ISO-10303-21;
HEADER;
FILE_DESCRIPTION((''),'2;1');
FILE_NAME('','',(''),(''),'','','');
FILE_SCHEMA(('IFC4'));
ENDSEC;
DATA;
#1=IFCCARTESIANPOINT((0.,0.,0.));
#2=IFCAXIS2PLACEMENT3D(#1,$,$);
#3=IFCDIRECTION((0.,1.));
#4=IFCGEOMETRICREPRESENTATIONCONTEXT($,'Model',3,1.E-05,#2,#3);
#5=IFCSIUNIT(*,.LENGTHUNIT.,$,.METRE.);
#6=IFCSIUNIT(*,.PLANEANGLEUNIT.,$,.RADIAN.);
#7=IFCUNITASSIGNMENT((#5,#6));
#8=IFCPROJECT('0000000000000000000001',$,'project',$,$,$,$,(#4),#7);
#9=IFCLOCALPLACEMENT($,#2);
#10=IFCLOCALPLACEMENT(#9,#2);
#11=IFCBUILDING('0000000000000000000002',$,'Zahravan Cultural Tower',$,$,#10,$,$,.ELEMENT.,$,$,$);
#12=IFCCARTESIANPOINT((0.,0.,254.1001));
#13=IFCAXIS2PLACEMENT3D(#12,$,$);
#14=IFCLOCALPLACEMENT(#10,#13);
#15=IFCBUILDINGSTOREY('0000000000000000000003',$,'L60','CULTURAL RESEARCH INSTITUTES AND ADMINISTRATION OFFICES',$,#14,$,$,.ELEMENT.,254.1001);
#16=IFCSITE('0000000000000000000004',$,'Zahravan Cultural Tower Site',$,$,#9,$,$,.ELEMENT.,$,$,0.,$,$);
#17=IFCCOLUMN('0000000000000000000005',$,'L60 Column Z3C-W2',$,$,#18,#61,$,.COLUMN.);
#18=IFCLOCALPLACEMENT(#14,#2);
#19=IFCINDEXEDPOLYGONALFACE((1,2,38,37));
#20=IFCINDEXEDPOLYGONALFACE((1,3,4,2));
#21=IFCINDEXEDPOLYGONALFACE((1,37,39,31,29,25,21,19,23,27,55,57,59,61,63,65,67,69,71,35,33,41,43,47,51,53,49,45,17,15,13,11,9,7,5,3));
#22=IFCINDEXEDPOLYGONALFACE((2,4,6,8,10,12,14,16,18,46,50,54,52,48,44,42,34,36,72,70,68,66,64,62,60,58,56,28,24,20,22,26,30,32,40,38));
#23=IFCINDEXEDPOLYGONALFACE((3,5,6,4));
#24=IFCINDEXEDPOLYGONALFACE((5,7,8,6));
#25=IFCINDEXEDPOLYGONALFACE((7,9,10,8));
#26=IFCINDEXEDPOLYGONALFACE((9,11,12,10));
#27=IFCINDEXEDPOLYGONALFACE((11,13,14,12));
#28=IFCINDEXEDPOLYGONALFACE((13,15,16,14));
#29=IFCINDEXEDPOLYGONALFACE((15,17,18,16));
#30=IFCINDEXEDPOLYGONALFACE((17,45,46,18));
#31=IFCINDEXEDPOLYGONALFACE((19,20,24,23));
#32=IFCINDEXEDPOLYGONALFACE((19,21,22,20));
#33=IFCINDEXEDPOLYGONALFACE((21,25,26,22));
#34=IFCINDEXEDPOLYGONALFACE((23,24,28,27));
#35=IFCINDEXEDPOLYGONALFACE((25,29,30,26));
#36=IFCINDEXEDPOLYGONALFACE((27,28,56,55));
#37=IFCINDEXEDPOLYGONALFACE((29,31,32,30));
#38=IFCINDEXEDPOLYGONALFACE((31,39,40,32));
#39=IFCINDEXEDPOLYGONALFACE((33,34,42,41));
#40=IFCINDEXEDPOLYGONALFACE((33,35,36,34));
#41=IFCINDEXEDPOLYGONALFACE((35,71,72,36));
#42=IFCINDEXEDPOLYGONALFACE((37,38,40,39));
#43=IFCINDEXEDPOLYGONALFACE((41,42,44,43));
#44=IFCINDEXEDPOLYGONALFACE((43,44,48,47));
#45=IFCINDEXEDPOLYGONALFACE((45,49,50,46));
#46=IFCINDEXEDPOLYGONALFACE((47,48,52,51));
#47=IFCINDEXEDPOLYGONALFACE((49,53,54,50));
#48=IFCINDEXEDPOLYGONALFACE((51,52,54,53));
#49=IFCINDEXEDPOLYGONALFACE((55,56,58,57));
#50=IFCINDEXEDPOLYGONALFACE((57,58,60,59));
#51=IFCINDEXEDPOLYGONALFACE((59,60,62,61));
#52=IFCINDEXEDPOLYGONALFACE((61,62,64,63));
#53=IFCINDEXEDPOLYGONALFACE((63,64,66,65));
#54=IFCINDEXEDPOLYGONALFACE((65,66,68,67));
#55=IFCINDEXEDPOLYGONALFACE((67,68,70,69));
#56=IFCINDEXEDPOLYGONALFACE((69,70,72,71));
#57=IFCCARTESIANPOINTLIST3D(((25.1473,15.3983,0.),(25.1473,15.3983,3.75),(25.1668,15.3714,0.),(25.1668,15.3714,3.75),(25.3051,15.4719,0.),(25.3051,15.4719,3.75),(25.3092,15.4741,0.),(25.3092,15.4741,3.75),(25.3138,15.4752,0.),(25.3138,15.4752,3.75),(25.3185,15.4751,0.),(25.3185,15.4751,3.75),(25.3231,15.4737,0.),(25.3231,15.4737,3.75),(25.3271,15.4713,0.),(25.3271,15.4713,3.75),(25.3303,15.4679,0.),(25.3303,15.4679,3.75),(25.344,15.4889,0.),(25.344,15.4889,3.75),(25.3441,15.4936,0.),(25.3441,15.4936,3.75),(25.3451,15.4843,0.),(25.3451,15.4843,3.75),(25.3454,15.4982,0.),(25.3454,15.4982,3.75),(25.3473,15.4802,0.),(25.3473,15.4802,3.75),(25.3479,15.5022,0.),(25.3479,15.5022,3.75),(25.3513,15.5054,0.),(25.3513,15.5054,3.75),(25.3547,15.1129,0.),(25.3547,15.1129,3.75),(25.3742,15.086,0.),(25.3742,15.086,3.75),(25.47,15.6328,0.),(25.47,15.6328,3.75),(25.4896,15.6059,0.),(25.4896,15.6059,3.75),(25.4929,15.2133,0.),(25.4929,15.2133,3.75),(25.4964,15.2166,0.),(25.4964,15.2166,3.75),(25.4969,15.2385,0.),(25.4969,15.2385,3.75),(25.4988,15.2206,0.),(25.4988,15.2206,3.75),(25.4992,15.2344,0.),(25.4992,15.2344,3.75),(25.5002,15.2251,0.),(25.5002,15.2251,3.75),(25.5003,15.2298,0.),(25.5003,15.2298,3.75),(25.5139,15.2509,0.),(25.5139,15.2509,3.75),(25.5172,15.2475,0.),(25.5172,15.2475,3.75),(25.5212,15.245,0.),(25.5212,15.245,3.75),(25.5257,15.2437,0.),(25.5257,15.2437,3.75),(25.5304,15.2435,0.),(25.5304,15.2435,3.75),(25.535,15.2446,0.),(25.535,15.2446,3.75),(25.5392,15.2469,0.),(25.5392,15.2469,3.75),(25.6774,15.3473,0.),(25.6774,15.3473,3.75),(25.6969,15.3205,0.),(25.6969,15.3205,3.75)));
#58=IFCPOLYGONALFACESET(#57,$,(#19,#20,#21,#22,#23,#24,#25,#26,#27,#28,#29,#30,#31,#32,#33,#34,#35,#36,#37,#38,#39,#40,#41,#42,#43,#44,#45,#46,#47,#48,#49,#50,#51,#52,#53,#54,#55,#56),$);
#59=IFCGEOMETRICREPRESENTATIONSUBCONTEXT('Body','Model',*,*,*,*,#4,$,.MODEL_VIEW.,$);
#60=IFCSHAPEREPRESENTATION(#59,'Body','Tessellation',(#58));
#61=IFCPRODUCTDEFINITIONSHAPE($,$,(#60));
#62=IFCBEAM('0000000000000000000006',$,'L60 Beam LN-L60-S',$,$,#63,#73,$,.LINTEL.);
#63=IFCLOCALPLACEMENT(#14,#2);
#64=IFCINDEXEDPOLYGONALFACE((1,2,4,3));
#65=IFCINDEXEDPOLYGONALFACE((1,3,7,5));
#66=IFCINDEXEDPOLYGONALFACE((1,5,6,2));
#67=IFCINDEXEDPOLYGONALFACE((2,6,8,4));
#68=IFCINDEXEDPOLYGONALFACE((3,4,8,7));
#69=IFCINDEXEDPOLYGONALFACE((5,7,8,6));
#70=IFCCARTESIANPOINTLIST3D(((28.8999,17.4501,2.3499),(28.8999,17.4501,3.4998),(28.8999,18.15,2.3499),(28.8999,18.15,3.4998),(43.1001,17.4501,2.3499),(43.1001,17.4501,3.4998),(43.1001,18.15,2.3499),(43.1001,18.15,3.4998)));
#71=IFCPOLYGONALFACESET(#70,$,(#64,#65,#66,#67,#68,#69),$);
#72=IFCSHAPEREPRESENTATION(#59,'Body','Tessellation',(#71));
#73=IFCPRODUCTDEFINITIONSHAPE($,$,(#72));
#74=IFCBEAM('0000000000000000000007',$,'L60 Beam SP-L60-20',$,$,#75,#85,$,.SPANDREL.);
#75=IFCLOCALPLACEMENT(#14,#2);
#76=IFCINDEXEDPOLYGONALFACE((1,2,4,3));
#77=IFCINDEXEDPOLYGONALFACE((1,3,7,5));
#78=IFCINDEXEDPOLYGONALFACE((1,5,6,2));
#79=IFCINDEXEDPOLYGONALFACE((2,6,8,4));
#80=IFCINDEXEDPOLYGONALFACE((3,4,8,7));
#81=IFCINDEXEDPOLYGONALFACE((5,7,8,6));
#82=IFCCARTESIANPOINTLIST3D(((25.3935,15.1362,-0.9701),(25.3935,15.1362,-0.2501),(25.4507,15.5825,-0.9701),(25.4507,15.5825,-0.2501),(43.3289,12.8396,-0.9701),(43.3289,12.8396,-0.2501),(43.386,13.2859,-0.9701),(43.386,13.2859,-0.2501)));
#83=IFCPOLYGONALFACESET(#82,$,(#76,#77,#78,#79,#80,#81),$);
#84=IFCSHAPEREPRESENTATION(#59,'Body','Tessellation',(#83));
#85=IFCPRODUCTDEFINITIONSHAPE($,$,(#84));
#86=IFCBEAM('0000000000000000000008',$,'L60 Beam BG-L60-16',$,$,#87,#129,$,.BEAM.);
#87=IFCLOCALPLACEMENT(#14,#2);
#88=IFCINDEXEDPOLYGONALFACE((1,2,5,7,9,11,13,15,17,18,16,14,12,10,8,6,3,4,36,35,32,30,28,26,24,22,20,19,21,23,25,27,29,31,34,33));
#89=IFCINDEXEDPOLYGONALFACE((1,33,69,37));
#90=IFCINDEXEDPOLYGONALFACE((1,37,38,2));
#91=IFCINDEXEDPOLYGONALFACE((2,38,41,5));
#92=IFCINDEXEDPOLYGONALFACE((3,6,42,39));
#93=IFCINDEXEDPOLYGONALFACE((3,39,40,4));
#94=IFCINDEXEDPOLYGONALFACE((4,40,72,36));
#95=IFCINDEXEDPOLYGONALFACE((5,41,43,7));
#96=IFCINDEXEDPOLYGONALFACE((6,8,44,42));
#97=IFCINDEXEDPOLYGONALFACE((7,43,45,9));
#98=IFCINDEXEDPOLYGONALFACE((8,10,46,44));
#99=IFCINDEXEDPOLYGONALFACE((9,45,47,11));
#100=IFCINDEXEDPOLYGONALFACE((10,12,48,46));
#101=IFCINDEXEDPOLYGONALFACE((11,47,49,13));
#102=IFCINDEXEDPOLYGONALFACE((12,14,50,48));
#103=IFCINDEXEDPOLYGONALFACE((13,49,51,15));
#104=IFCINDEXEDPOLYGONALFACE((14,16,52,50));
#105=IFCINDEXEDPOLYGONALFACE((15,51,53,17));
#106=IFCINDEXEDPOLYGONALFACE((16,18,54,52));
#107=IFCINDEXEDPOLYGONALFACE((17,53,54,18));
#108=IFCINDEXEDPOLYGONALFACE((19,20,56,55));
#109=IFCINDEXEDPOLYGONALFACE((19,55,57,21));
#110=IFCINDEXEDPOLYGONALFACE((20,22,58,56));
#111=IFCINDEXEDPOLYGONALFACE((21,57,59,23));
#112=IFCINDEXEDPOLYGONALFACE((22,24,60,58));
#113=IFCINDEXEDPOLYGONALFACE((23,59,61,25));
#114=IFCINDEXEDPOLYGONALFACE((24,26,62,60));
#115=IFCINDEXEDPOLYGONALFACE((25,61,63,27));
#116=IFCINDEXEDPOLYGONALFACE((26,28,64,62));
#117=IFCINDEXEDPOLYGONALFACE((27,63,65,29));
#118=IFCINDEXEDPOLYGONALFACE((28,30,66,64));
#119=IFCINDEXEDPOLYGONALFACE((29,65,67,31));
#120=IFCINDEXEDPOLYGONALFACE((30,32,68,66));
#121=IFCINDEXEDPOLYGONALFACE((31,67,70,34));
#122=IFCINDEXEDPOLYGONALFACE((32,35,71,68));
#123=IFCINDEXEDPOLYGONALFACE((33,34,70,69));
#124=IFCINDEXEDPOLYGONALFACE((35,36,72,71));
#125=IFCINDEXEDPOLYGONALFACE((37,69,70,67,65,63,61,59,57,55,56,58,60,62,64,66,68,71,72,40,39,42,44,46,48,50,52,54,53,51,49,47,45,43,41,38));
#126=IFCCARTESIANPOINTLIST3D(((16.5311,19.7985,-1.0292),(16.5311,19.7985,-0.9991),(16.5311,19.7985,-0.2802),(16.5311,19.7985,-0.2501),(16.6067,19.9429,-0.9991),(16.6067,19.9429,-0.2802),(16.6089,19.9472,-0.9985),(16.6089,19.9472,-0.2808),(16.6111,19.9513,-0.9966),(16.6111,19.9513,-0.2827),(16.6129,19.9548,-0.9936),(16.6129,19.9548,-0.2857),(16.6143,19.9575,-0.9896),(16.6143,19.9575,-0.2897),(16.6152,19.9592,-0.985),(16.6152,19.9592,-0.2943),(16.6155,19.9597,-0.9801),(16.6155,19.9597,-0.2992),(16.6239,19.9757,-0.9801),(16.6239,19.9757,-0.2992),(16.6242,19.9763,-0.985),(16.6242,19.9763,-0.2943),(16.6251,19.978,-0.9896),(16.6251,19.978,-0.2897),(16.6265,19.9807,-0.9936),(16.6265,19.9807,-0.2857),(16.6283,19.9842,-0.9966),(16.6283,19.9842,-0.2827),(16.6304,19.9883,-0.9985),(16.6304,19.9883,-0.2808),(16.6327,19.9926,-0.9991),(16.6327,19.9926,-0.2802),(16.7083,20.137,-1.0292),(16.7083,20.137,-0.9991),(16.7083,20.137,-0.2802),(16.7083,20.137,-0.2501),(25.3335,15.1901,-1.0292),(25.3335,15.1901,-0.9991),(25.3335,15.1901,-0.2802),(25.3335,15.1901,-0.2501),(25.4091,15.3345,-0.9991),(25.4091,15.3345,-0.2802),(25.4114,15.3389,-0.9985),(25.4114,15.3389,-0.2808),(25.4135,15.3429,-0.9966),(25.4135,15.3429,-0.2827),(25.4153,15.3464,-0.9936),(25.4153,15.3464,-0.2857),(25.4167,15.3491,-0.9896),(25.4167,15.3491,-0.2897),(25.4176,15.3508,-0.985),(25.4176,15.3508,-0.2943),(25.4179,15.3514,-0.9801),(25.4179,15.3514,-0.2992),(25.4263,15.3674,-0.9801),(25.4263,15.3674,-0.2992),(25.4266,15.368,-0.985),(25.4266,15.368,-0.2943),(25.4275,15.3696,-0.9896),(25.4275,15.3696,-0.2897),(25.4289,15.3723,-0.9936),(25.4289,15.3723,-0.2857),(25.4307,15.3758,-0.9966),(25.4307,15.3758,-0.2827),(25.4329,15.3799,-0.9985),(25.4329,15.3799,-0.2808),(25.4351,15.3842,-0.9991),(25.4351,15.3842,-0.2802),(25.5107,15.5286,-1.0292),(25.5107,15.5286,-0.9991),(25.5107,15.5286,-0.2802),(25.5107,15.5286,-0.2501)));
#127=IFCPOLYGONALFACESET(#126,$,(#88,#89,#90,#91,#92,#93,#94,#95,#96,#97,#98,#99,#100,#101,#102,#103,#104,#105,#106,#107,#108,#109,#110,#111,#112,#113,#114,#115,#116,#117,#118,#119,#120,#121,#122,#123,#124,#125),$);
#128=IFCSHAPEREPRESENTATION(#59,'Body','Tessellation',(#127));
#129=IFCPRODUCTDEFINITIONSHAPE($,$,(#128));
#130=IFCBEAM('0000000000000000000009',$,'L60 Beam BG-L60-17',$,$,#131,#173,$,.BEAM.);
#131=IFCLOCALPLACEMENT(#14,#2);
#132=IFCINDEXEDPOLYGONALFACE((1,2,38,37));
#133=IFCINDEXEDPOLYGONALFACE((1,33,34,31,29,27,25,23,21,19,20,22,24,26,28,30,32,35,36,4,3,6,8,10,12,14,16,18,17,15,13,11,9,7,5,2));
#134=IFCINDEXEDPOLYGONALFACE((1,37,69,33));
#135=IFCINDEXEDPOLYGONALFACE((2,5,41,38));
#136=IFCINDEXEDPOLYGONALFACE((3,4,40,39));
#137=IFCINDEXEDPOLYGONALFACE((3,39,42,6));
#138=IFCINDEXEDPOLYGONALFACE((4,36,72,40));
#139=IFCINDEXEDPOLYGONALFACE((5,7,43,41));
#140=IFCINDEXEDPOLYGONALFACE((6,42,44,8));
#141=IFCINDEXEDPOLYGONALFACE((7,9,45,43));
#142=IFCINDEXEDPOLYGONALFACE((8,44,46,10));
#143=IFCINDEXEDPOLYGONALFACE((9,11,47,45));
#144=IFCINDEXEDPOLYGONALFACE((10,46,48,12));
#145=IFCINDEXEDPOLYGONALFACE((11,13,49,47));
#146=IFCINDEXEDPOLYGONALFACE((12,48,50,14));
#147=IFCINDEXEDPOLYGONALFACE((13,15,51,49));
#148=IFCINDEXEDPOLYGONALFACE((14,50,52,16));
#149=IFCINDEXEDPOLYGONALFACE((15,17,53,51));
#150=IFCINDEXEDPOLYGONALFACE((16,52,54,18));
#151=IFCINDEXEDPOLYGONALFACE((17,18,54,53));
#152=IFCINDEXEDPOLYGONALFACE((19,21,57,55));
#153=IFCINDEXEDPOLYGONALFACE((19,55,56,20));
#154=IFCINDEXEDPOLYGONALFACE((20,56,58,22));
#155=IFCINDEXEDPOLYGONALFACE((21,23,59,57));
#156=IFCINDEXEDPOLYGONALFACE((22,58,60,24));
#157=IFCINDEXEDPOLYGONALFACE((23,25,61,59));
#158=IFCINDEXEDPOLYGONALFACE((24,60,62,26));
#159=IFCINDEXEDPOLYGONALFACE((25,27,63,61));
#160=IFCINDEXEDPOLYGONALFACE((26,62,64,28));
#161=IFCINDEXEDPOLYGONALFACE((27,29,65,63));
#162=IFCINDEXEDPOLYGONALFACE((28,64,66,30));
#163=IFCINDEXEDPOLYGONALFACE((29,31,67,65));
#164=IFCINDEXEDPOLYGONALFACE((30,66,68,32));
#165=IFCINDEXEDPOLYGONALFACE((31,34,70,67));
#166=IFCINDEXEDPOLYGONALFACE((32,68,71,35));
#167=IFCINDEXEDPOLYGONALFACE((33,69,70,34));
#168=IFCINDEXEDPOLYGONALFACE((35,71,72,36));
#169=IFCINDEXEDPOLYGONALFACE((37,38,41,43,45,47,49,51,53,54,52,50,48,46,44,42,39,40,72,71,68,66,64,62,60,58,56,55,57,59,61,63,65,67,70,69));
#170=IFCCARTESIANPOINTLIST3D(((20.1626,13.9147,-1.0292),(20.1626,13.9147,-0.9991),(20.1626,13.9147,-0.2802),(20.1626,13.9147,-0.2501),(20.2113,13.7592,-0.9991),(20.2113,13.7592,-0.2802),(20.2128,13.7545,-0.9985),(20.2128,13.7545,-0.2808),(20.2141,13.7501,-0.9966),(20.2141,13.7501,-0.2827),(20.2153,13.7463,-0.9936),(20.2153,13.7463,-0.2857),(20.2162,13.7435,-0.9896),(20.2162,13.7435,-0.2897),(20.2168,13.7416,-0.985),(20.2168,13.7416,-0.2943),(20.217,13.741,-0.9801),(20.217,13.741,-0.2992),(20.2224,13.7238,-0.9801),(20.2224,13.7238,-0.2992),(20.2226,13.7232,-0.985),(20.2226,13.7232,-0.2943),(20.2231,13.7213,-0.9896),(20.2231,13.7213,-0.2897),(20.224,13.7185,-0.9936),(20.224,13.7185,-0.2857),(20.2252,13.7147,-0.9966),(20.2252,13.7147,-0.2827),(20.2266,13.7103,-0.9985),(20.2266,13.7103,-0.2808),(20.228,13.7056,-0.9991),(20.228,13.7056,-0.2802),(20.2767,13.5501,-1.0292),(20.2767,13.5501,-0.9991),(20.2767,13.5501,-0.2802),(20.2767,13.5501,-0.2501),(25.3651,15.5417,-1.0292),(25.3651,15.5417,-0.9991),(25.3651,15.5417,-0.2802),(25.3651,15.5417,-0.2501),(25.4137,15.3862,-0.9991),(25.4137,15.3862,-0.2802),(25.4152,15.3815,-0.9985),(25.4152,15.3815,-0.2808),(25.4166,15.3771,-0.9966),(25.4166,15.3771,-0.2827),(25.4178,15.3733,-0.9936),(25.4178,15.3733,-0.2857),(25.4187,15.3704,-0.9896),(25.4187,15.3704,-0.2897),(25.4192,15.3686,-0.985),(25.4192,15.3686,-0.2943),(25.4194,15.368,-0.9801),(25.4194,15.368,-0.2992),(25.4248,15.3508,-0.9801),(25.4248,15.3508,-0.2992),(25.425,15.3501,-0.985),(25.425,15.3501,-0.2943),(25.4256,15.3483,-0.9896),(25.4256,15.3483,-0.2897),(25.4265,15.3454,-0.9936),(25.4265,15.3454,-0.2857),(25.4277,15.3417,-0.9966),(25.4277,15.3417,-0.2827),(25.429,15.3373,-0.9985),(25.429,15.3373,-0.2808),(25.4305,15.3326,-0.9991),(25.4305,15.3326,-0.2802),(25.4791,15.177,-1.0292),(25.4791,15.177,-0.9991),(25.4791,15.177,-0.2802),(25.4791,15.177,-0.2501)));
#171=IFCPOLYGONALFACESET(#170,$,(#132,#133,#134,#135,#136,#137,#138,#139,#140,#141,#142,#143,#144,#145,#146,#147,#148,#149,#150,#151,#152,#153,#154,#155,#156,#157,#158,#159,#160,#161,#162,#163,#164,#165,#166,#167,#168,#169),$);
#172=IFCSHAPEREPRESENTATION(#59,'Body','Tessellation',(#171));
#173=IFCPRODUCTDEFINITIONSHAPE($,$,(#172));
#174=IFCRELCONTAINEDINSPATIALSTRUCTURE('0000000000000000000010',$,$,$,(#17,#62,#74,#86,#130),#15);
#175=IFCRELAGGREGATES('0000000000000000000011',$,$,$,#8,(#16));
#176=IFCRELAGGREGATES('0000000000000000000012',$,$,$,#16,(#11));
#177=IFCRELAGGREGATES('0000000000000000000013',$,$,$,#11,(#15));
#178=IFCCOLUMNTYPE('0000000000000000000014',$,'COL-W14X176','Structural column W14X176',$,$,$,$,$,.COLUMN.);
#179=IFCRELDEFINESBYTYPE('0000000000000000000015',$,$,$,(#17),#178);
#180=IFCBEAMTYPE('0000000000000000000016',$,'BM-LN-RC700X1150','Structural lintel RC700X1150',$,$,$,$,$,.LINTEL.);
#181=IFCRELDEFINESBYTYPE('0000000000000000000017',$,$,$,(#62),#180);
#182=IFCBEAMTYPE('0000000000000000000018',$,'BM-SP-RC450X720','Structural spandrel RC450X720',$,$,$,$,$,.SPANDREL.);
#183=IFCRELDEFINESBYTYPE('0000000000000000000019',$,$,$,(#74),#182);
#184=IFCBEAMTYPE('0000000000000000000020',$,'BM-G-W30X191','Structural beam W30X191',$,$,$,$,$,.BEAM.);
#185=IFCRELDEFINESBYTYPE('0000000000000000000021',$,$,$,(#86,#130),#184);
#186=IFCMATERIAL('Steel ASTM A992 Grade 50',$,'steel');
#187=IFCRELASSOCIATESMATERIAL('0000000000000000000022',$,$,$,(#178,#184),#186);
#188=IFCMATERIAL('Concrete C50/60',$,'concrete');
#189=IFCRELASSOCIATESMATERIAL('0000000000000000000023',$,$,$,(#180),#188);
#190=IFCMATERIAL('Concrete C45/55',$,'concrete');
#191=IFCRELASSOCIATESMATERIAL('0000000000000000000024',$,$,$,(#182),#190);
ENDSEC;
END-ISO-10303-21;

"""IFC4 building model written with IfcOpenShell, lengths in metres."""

from ifc_helpers import new_model, si_unit, direction, frame, origin, origin_2d, place, context, subcontext, project, spatial, rectangle, i_section, extrude, source, transform, mapped, material, material_profile, profile_set, type_object, element, save


model = new_model("IFC4")

# Units and contexts
model_context = context("Model", 3, precision=1e-05, world=origin(), true_north=direction((0.0, 1.0)))
body_context = subcontext(model_context, "Body", "Model", "MODEL_VIEW")
ifc_project = project(units=[si_unit("LENGTHUNIT", "METRE"), si_unit("PLANEANGLEUNIT", "RADIAN")], contexts=[model_context])

# Site, building, storey
site_placement = place(None, origin())
site = spatial("IfcSite", under=ifc_project, at=site_placement, Name="Zahravan Cultural Tower Site", CompositionType="ELEMENT", RefElevation=0.0)
building_placement = place(site_placement, origin())
building = spatial("IfcBuilding", under=site, at=building_placement, Name="Zahravan Cultural Tower", CompositionType="ELEMENT")
storey_placement = place(building_placement, frame((0.0, 0.0, 254.1001)))
storey = spatial("IfcBuildingStorey", under=building, at=storey_placement, Name="L60", Description="CULTURAL RESEARCH INSTITUTES AND ADMINISTRATION OFFICES", CompositionType="ELEMENT", Elevation=254.1001)

# Column
ifc_material_1 = material(Name="Steel ASTM A992 Grade 50", Category="steel")
ifc_material_profile_1 = material_profile(ifc_material_1, i_section(OverallWidth=0.3989, OverallDepth=0.386, WebThickness=0.021, FlangeThickness=0.0332, FilletRadius=0.0181, at=origin_2d()), Name="W14X176")
ifc_profile_set_1 = profile_set([ifc_material_profile_1], Name="Steel ASTM A992 Grade 50")
column_type = type_object("IfcColumnType", Name="COL-W14X176", Description="Structural column W14X176", PredefinedType="COLUMN", material=ifc_profile_set_1)
shared_shape_1 = source(origin(), body_context, "Body", "SweptSolid", [
    extrude(i_section(OverallWidth=0.3989, OverallDepth=0.386, WebThickness=0.021, FlangeThickness=0.0332, FilletRadius=0.0181, at=origin_2d()), origin(), (0.0, 0.0, 1.0), 3.75),
])
column_placement = place(storey_placement, frame((25.4221, 15.3594, 0.0), z_axis=(0.0, 0.0, 1.0), x_axis=(0.809017, 0.587785, 0.0)))
element("IfcColumn", 1, at=column_placement, inside=storey, type_object=column_type, Name="L60 Column Z3C-W2", PredefinedType="COLUMN", context=body_context, shape_type="MappedRepresentation", body=[
    mapped(shared_shape_1, transform((0.0, 0.0, 0.0), x_axis=(1.0, 0.0, 0.0), y_axis=(0.0, 1.0, 0.0), z_axis=(0.0, 0.0, 1.0), scale=1.0)),
])

# Beams
ifc_material_2 = material(Name="Concrete C50/60", Category="concrete")
ifc_material_profile_2 = material_profile(ifc_material_2, rectangle(XDim=0.7, YDim=1.1499, at=origin_2d()), Name="RC700X1150")
ifc_profile_set_2 = profile_set([ifc_material_profile_2], Name="Concrete C50/60")
beam_type_1 = type_object("IfcBeamType", Name="BM-LN-RC700X1150", Description="Structural lintel RC700X1150", PredefinedType="LINTEL", material=ifc_profile_set_2)
shared_shape_2 = source(origin(), body_context, "Body", "SweptSolid", [
    extrude(rectangle(XDim=0.7, YDim=1.1499, at=origin_2d()), origin(), (0.0, 0.0, 1.0), 14.2002),
])
beam_1_placement = place(storey_placement, frame((28.8999, 17.8, 2.9248), z_axis=(1.0, 0.0, 0.0), x_axis=(0.0, 1.0, 0.0)))
element("IfcBeam", 2, at=beam_1_placement, inside=storey, type_object=beam_type_1, Name="L60 Beam LN-L60-S", PredefinedType="LINTEL", context=body_context, shape_type="MappedRepresentation", body=[
    mapped(shared_shape_2, transform((0.0, 0.0, 0.0), x_axis=(1.0, 0.0, 0.0), y_axis=(0.0, 1.0, 0.0), z_axis=(0.0, 0.0, 1.0), scale=1.0)),
])
ifc_material_3 = material(Name="Concrete C45/55", Category="concrete")
ifc_material_profile_3 = material_profile(ifc_material_3, rectangle(XDim=0.45, YDim=0.72, at=origin_2d()), Name="RC450X720")
ifc_profile_set_3 = profile_set([ifc_material_profile_3], Name="Concrete C45/55")
beam_type_2 = type_object("IfcBeamType", Name="BM-SP-RC450X720", Description="Structural spandrel RC450X720", PredefinedType="SPANDREL", material=ifc_profile_set_3)
shared_shape_3 = source(origin(), body_context, "Body", "SweptSolid", [
    extrude(rectangle(XDim=0.45, YDim=0.72, at=origin_2d()), origin(), (0.0, 0.0, 1.0), 18.0818),
])
beam_2_placement = place(storey_placement, frame((25.4221, 15.3594, -0.6101), z_axis=(0.991901, -0.127014, 0.0), x_axis=(0.127014, 0.991901, 0.0)))
element("IfcBeam", 3, at=beam_2_placement, inside=storey, type_object=beam_type_2, Name="L60 Beam SP-L60-20", PredefinedType="SPANDREL", context=body_context, shape_type="MappedRepresentation", body=[
    mapped(shared_shape_3, transform((0.0, 0.0, 0.0), x_axis=(1.0, 0.0, 0.0), y_axis=(0.0, 1.0, 0.0), z_axis=(0.0, 0.0, 1.0), scale=1.0)),
])
ifc_material_profile_4 = material_profile(ifc_material_1, i_section(OverallWidth=0.3821, OverallDepth=0.7791, WebThickness=0.0181, FlangeThickness=0.03, FilletRadius=0.019, at=origin_2d()), Name="W30X191")
ifc_profile_set_4 = profile_set([ifc_material_profile_4], Name="Steel ASTM A992 Grade 50")
beam_type_3 = type_object("IfcBeamType", Name="BM-G-W30X191", Description="Structural beam W30X191", PredefinedType="BEAM", material=ifc_profile_set_4)
shared_shape_4 = source(origin(), body_context, "Body", "SweptSolid", [
    extrude(i_section(OverallWidth=0.3821, OverallDepth=0.7791, WebThickness=0.0181, FlangeThickness=0.03, FilletRadius=0.019, at=origin_2d()), origin(), (0.0, 0.0, 1.0), 9.9358),
])
beam_3_placement = place(storey_placement, frame((25.4221, 15.3594, -0.6396), z_axis=(-0.885932, 0.463815, 0.0), x_axis=(-0.463815, -0.885932, 0.0)))
element("IfcBeam", 4, at=beam_3_placement, inside=storey, type_object=beam_type_3, Name="L60 Beam BG-L60-16", PredefinedType="BEAM", context=body_context, shape_type="MappedRepresentation", body=[
    mapped(shared_shape_4, transform((0.0, 0.0, 0.0), x_axis=(1.0, 0.0, 0.0), y_axis=(0.0, 1.0, 0.0), z_axis=(0.0, 0.0, 1.0), scale=1.0)),
])
shared_shape_5 = source(origin(), body_context, "Body", "SweptSolid", [
    extrude(i_section(OverallWidth=0.3821, OverallDepth=0.7791, WebThickness=0.0181, FlangeThickness=0.03, FilletRadius=0.019, at=origin_2d()), origin(), (0.0, 0.0, 1.0), 5.4509),
])
beam_4_placement = place(storey_placement, frame((25.4221, 15.3594, -0.6396), z_axis=(-0.954417, -0.298476, 0.0), x_axis=(0.298476, -0.954417, 0.0)))
element("IfcBeam", 5, at=beam_4_placement, inside=storey, type_object=beam_type_3, Name="L60 Beam BG-L60-17", PredefinedType="BEAM", context=body_context, shape_type="MappedRepresentation", body=[
    mapped(shared_shape_5, transform((0.0, 0.0, 0.0), x_axis=(1.0, 0.0, 0.0), y_axis=(0.0, 1.0, 0.0), z_axis=(0.0, 0.0, 1.0), scale=1.0)),
])

save(model, "model.ifc")
